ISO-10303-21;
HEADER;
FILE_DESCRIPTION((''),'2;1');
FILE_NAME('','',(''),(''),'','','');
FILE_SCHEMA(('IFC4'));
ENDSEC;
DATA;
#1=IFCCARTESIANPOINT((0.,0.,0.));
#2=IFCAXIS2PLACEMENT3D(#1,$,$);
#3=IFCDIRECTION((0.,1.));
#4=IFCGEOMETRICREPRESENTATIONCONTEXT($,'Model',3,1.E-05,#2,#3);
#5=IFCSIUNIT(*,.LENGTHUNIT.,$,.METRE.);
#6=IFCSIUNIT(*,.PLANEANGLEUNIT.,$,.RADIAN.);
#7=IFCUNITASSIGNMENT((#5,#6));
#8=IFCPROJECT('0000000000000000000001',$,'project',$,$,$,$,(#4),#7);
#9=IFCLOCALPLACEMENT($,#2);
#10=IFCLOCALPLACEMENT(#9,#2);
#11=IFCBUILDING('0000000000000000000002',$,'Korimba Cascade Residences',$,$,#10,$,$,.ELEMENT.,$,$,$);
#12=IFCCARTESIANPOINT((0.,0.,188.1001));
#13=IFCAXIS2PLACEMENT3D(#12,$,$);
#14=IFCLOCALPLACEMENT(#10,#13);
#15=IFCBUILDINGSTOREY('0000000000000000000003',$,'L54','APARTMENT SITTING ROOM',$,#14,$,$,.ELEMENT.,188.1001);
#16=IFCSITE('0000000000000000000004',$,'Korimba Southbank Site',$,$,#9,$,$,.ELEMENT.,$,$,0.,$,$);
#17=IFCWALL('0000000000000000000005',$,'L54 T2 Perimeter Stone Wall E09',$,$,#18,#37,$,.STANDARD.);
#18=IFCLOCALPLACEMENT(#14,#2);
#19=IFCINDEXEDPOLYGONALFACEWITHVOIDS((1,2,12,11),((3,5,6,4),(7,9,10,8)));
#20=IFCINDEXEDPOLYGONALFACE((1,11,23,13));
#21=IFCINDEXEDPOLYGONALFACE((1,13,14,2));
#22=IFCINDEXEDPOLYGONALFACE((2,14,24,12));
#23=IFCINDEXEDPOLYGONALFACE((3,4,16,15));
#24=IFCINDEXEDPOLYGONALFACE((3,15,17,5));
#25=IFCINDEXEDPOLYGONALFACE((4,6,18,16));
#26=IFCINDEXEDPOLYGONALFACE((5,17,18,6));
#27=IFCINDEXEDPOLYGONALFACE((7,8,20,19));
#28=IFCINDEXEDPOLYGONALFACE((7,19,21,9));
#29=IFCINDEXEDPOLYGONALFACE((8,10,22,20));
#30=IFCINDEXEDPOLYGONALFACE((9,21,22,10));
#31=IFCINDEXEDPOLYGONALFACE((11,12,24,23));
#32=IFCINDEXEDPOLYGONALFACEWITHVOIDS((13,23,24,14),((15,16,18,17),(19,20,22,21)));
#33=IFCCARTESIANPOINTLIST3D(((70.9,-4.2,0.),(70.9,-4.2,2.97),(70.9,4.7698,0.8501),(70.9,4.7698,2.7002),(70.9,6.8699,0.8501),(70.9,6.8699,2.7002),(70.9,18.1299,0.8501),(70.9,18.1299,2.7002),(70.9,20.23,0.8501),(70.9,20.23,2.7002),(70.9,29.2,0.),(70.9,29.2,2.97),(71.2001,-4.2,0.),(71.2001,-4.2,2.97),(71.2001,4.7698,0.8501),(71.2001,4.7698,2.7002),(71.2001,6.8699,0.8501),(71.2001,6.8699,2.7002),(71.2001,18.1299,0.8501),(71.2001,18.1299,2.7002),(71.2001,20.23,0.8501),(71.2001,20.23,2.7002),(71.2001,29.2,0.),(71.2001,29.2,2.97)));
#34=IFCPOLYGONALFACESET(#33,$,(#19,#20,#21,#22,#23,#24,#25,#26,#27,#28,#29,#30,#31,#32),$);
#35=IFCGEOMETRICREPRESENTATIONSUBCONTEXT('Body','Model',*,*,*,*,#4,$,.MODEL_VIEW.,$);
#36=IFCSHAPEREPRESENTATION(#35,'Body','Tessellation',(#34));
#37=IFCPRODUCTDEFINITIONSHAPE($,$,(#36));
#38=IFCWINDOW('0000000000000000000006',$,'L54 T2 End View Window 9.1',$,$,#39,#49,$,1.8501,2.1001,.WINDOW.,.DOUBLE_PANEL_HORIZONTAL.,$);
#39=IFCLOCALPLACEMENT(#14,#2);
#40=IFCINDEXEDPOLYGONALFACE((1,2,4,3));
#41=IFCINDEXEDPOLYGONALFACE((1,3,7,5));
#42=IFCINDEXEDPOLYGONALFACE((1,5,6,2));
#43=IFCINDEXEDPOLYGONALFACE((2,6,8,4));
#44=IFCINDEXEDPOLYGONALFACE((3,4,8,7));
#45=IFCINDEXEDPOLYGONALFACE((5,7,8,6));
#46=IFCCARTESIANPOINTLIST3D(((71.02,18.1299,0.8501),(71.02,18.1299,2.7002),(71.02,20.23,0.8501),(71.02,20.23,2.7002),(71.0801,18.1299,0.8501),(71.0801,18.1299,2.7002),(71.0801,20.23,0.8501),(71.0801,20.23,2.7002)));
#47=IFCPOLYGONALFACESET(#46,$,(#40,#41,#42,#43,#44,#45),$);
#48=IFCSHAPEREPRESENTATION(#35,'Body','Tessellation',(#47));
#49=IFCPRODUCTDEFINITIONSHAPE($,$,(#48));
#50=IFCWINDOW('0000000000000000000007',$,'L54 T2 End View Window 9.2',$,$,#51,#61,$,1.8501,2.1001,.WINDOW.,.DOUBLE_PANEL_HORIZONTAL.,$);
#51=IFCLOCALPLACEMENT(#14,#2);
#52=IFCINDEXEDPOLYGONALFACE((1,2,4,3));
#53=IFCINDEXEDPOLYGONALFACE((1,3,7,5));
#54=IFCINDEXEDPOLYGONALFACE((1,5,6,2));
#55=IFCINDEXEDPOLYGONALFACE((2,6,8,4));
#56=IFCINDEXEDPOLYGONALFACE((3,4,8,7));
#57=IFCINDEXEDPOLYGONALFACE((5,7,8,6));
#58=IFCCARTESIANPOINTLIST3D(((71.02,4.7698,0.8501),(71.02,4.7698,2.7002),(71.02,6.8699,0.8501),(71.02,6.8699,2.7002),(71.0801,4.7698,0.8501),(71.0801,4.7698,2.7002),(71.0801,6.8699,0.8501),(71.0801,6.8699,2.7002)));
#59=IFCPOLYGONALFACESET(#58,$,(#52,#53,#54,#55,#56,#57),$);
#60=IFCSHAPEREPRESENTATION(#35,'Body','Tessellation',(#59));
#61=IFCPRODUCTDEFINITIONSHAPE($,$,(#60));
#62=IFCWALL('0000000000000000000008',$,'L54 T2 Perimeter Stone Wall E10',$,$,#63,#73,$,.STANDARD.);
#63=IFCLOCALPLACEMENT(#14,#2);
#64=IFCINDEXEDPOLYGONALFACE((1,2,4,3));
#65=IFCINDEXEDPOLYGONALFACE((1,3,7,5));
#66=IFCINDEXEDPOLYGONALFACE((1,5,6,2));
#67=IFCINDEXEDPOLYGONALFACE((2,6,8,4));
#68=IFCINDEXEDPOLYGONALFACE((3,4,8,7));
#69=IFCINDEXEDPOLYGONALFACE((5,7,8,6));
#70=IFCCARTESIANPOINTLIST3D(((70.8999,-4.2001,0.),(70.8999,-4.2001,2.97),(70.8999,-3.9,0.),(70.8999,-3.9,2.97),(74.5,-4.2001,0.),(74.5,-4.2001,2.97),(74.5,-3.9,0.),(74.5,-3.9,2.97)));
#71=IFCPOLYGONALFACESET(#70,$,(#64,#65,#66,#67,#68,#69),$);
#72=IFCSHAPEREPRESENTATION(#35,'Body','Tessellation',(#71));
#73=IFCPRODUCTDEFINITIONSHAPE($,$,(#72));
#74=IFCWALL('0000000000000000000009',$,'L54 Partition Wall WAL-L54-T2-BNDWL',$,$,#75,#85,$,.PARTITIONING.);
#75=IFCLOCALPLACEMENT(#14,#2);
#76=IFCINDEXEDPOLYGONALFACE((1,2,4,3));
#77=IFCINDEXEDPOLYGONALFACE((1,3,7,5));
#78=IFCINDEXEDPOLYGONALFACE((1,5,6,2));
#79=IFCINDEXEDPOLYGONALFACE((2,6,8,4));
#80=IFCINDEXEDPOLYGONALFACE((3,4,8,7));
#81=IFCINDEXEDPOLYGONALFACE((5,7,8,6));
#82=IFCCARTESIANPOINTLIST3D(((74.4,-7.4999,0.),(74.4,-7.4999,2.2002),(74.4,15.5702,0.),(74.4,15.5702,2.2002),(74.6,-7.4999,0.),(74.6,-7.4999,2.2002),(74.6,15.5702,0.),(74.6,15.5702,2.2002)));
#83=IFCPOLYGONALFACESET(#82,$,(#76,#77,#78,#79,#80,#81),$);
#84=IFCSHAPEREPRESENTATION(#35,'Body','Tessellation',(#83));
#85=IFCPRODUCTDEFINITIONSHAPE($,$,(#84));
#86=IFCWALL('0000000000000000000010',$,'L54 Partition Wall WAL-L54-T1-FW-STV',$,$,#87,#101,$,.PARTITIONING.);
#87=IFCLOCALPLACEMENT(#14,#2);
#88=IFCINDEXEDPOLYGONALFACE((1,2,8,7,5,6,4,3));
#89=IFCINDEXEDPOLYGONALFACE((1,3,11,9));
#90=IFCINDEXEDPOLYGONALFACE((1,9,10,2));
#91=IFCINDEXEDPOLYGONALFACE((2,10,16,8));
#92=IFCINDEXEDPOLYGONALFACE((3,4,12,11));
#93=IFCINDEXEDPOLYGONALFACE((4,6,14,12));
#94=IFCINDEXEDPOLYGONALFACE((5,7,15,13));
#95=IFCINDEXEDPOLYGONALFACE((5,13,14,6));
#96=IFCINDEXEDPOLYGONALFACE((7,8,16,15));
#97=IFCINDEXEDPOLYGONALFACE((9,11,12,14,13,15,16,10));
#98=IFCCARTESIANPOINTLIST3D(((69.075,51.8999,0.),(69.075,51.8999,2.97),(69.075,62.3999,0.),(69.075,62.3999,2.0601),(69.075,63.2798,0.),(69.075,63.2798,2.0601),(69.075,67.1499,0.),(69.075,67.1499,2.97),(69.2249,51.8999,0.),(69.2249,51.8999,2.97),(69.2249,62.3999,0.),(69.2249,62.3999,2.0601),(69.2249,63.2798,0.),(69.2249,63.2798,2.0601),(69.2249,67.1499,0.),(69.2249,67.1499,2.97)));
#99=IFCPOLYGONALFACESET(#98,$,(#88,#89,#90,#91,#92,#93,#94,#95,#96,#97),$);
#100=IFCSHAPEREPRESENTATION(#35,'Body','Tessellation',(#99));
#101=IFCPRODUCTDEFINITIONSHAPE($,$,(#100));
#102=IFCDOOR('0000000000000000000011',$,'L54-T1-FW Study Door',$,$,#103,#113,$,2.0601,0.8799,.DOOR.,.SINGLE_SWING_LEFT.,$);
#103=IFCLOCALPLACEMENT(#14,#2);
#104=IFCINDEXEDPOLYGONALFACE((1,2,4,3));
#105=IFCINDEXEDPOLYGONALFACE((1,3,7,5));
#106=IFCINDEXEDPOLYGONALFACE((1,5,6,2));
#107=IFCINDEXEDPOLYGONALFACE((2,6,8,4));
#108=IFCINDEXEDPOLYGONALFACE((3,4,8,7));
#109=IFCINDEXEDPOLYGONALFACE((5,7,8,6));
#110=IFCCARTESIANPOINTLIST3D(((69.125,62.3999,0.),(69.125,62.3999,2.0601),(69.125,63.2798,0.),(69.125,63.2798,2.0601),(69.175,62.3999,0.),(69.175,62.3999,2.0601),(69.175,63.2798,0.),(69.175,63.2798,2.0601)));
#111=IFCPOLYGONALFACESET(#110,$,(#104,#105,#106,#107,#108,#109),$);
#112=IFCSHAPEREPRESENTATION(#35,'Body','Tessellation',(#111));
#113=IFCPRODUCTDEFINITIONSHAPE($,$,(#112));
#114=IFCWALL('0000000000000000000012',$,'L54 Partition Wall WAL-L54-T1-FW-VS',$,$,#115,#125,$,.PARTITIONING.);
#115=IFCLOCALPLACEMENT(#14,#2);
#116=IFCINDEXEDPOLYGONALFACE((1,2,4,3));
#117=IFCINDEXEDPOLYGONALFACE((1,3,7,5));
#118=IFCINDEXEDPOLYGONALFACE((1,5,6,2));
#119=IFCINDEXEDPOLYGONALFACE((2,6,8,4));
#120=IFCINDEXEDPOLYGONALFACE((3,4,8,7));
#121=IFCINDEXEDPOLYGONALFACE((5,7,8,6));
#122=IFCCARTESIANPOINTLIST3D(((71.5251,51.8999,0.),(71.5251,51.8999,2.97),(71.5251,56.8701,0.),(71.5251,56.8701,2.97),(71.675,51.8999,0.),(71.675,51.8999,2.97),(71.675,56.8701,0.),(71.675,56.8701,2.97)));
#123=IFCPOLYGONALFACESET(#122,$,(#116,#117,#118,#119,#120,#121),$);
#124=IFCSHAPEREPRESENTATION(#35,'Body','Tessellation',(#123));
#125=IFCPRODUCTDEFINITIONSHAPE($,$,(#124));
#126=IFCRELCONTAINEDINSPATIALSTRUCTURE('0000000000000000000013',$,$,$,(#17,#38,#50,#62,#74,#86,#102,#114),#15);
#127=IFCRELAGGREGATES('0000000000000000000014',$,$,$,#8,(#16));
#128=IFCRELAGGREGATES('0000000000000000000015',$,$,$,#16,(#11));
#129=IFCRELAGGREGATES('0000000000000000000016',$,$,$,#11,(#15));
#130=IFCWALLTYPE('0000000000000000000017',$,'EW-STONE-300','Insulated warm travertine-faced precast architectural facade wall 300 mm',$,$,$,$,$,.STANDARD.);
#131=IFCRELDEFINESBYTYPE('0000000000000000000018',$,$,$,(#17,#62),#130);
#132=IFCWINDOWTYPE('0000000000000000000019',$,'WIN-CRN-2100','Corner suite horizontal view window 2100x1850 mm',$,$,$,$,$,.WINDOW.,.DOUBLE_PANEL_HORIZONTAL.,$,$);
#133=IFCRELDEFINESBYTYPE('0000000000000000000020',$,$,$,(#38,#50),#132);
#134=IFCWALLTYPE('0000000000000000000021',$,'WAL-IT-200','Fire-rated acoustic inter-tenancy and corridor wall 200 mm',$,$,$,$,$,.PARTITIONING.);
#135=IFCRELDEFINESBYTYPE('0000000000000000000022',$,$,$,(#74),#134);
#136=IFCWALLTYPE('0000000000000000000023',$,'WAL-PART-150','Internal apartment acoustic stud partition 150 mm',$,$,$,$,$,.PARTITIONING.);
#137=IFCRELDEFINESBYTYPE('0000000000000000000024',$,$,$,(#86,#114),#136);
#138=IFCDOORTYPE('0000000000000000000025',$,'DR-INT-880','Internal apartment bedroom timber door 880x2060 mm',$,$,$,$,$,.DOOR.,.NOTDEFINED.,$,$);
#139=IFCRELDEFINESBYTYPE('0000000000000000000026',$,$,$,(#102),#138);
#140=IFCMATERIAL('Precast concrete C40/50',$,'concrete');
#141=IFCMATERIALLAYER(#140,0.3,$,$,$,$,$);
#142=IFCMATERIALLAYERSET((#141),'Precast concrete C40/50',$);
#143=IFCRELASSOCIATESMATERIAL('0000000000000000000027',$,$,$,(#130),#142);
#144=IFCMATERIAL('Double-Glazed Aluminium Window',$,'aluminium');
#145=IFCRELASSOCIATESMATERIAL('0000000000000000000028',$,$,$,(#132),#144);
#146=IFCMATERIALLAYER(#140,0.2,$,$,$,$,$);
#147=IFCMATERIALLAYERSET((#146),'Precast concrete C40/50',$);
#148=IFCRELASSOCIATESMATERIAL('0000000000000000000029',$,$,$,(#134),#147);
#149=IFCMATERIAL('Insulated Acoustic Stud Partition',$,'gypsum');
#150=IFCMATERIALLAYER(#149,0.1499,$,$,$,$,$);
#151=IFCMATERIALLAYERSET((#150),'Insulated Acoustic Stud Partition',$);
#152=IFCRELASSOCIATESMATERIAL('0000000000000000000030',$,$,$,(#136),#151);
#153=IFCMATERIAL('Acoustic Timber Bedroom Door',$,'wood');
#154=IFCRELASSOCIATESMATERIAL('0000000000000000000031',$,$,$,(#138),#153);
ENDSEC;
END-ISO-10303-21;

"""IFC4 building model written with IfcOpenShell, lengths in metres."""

from ifc_helpers import new_model, si_unit, direction, frame, frame_2d, origin, place, context, subcontext, project, spatial, rectangle, extrude, material, layer, layer_set, type_object, element, fill, save


model = new_model("IFC4")

# Units and contexts
model_context = context("Model", 3, precision=1e-05, world=origin(), true_north=direction((0.0, 1.0)))
body_context = subcontext(model_context, "Body", "Model", "MODEL_VIEW")
ifc_project = project(units=[si_unit("LENGTHUNIT", "METRE"), si_unit("PLANEANGLEUNIT", "RADIAN")], contexts=[model_context])

# Site, building, storey
site_placement = place(None, origin())
site = spatial("IfcSite", under=ifc_project, at=site_placement, Name="Korimba Southbank Site", CompositionType="ELEMENT", RefElevation=0.0)
building_placement = place(site_placement, origin())
building = spatial("IfcBuilding", under=site, at=building_placement, Name="Korimba Cascade Residences", CompositionType="ELEMENT")
storey_placement = place(building_placement, frame((0.0, 0.0, 188.1001)))
storey = spatial("IfcBuildingStorey", under=building, at=storey_placement, Name="L54", Description="APARTMENT SITTING ROOM", CompositionType="ELEMENT", Elevation=188.1001)

# Shared definitions
ifc_material_1 = material(Name="Precast concrete C40/50", Category="concrete")
ifc_material_2 = material(Name="Double-Glazed Aluminium Window", Category="aluminium")

# Wall, openings, windows
ifc_layer_1 = layer(ifc_material_1, 0.3)
ifc_layer_set_1 = layer_set([ifc_layer_1], Name="Precast concrete C40/50")
wall_type_1 = type_object("IfcWallType", Name="EW-STONE-300", Description="Insulated warm travertine-faced precast architectural facade wall 300 mm", PredefinedType="STANDARD", material=ifc_layer_set_1)
wall_1_placement = place(storey_placement, frame((71.05, 29.2, 0.0), z_axis=(0.0, 0.0, 1.0), x_axis=(0.0, -1.0, 0.0)))
wall_1 = element("IfcWall", 1, at=wall_1_placement, inside=storey, type_object=wall_type_1, Name="L54 T2 Perimeter Stone Wall E09", PredefinedType="STANDARD", context=body_context, shape_type="SweptSolid", body=[
    extrude(rectangle(XDim=33.3999, YDim=0.3, at=frame_2d((16.7, 0.0))), origin(), (0.0, 0.0, 1.0), 2.97),
])
opening_1_placement = place(wall_1_placement, frame((8.97, 0.0, 0.8501)))
opening_1 = element("IfcOpeningElement", 2, at=opening_1_placement, cuts=wall_1, PredefinedType="OPENING", context=body_context, shape_type="SweptSolid", body=[
    extrude(rectangle(XDim=2.1001, YDim=1.8501, at=frame_2d((1.05, 0.925))), frame((0.0, 0.1602, 0.0), z_axis=(0.0, -1.0, 0.0), x_axis=(1.0, 0.0, 0.0)), (0.0, 0.0, 1.0), 0.3201),
])
opening_2_placement = place(wall_1_placement, frame((22.3301, 0.0, 0.8501)))
opening_2 = element("IfcOpeningElement", 3, at=opening_2_placement, cuts=wall_1, PredefinedType="OPENING", context=body_context, shape_type="SweptSolid", body=[
    extrude(rectangle(XDim=2.1001, YDim=1.8501, at=frame_2d((1.05, 0.925))), frame((0.0, 0.1602, 0.0), z_axis=(0.0, -1.0, 0.0), x_axis=(1.0, 0.0, 0.0)), (0.0, 0.0, 1.0), 0.3201),
])
window_type_1 = type_object("IfcWindowType", Name="WIN-CRN-2100", Description="Corner suite horizontal view window 2100x1850 mm", PartitioningType="DOUBLE_PANEL_HORIZONTAL", PredefinedType="WINDOW", material=ifc_material_2)
window_1_placement = place(opening_1_placement, origin())
window_1 = element("IfcWindow", 4, at=window_1_placement, inside=storey, type_object=window_type_1, Name="L54 T2 End View Window 9.1", OverallHeight=1.8501, OverallWidth=2.1001, PartitioningType="DOUBLE_PANEL_HORIZONTAL", PredefinedType="WINDOW", context=body_context, shape_type="SweptSolid", body=[
    extrude(rectangle(XDim=2.1001, YDim=1.8501, at=frame_2d((1.05, 0.925))), frame((0.0, 0.03, 0.0), z_axis=(0.0, -1.0, 0.0), x_axis=(1.0, 0.0, 0.0)), (0.0, 0.0, 1.0), 0.0601),
])
fill(opening_1, window_1)
window_2_placement = place(opening_2_placement, origin())
window_2 = element("IfcWindow", 5, at=window_2_placement, inside=storey, type_object=window_type_1, Name="L54 T2 End View Window 9.2", OverallHeight=1.8501, OverallWidth=2.1001, PartitioningType="DOUBLE_PANEL_HORIZONTAL", PredefinedType="WINDOW", context=body_context, shape_type="SweptSolid", body=[
    extrude(rectangle(XDim=2.1001, YDim=1.8501, at=frame_2d((1.05, 0.925))), frame((0.0, 0.03, 0.0), z_axis=(0.0, -1.0, 0.0), x_axis=(1.0, 0.0, 0.0)), (0.0, 0.0, 1.0), 0.0601),
])
fill(opening_2, window_2)

# Walls
wall_2_placement = place(storey_placement, frame((70.8999, -4.05, 0.0), z_axis=(0.0, 0.0, 1.0), x_axis=(1.0, 0.0, 0.0)))
element("IfcWall", 6, at=wall_2_placement, inside=storey, type_object=wall_type_1, Name="L54 T2 Perimeter Stone Wall E10", PredefinedType="STANDARD", context=body_context, shape_type="SweptSolid", body=[
    extrude(rectangle(XDim=3.6001, YDim=0.3, at=frame_2d((1.8, 0.0))), origin(), (0.0, 0.0, 1.0), 2.97),
])
ifc_layer_2 = layer(ifc_material_1, 0.2)
ifc_layer_set_2 = layer_set([ifc_layer_2], Name="Precast concrete C40/50")
wall_type_2 = type_object("IfcWallType", Name="WAL-IT-200", Description="Fire-rated acoustic inter-tenancy and corridor wall 200 mm", PredefinedType="PARTITIONING", material=ifc_layer_set_2)
wall_3_placement = place(storey_placement, frame((74.5, -7.5, 0.0), z_axis=(0.0, 0.0, 1.0), x_axis=(0.0, 1.0, 0.0)))
element("IfcWall", 7, at=wall_3_placement, inside=storey, type_object=wall_type_2, Name="L54 Partition Wall WAL-L54-T2-BNDWL", PredefinedType="PARTITIONING", context=body_context, shape_type="SweptSolid", body=[
    extrude(rectangle(XDim=23.0701, YDim=0.2, at=frame_2d((11.5352, 0.0))), origin(), (0.0, 0.0, 1.0), 2.2002),
])

# Wall, opening, door
ifc_material_3 = material(Name="Insulated Acoustic Stud Partition", Category="gypsum")
ifc_layer_3 = layer(ifc_material_3, 0.1499)
ifc_layer_set_3 = layer_set([ifc_layer_3], Name="Insulated Acoustic Stud Partition")
wall_type_3 = type_object("IfcWallType", Name="WAL-PART-150", Description="Internal apartment acoustic stud partition 150 mm", PredefinedType="PARTITIONING", material=ifc_layer_set_3)
wall_4_placement = place(storey_placement, frame((69.1499, 51.8999, 0.0), z_axis=(0.0, 0.0, 1.0), x_axis=(0.0, 1.0, 0.0)))
wall_4 = element("IfcWall", 8, at=wall_4_placement, inside=storey, type_object=wall_type_3, Name="L54 Partition Wall WAL-L54-T1-FW-STV", PredefinedType="PARTITIONING", context=body_context, shape_type="SweptSolid", body=[
    extrude(rectangle(XDim=15.25, YDim=0.1499, at=frame_2d((7.625, 0.0))), origin(), (0.0, 0.0, 1.0), 2.97),
])
opening_3_placement = place(wall_4_placement, frame((10.5, 0.0, 0.0)))
opening_3 = element("IfcOpeningElement", 9, at=opening_3_placement, cuts=wall_4, PredefinedType="OPENING", context=body_context, shape_type="SweptSolid", body=[
    extrude(rectangle(XDim=0.8799, YDim=2.0601, at=frame_2d((0.4399, 1.03))), frame((0.0, 0.085, 0.0), z_axis=(0.0, -1.0, 0.0), x_axis=(1.0, 0.0, 0.0)), (0.0, 0.0, 1.0), 0.1699),
])
ifc_material_4 = material(Name="Acoustic Timber Bedroom Door", Category="wood")
door_type_1 = type_object("IfcDoorType", Name="DR-INT-880", Description="Internal apartment bedroom timber door 880x2060 mm", OperationType="NOTDEFINED", PredefinedType="DOOR", material=ifc_material_4)
door_1_placement = place(opening_3_placement, origin())
door_1 = element("IfcDoor", 10, at=door_1_placement, inside=storey, type_object=door_type_1, Name="L54-T1-FW Study Door", OperationType="SINGLE_SWING_LEFT", OverallHeight=2.0601, OverallWidth=0.8799, PredefinedType="DOOR", context=body_context, shape_type="SweptSolid", body=[
    extrude(rectangle(XDim=0.8799, YDim=2.0601, at=frame_2d((0.4399, 1.03))), frame((0.0, 0.0249, 0.0), z_axis=(0.0, -1.0, 0.0), x_axis=(1.0, 0.0, 0.0)), (0.0, 0.0, 1.0), 0.05),
])
fill(opening_3, door_1)

# Wall
wall_5_placement = place(storey_placement, frame((71.6001, 51.8999, 0.0), z_axis=(0.0, 0.0, 1.0), x_axis=(0.0, 1.0, 0.0)))
element("IfcWall", 11, at=wall_5_placement, inside=storey, type_object=wall_type_3, Name="L54 Partition Wall WAL-L54-T1-FW-VS", PredefinedType="PARTITIONING", context=body_context, shape_type="SweptSolid", body=[
    extrude(rectangle(XDim=4.9702, YDim=0.1499, at=frame_2d((2.4851, 0.0))), origin(), (0.0, 0.0, 1.0), 2.97),
])

save(model, "model.ifc")
